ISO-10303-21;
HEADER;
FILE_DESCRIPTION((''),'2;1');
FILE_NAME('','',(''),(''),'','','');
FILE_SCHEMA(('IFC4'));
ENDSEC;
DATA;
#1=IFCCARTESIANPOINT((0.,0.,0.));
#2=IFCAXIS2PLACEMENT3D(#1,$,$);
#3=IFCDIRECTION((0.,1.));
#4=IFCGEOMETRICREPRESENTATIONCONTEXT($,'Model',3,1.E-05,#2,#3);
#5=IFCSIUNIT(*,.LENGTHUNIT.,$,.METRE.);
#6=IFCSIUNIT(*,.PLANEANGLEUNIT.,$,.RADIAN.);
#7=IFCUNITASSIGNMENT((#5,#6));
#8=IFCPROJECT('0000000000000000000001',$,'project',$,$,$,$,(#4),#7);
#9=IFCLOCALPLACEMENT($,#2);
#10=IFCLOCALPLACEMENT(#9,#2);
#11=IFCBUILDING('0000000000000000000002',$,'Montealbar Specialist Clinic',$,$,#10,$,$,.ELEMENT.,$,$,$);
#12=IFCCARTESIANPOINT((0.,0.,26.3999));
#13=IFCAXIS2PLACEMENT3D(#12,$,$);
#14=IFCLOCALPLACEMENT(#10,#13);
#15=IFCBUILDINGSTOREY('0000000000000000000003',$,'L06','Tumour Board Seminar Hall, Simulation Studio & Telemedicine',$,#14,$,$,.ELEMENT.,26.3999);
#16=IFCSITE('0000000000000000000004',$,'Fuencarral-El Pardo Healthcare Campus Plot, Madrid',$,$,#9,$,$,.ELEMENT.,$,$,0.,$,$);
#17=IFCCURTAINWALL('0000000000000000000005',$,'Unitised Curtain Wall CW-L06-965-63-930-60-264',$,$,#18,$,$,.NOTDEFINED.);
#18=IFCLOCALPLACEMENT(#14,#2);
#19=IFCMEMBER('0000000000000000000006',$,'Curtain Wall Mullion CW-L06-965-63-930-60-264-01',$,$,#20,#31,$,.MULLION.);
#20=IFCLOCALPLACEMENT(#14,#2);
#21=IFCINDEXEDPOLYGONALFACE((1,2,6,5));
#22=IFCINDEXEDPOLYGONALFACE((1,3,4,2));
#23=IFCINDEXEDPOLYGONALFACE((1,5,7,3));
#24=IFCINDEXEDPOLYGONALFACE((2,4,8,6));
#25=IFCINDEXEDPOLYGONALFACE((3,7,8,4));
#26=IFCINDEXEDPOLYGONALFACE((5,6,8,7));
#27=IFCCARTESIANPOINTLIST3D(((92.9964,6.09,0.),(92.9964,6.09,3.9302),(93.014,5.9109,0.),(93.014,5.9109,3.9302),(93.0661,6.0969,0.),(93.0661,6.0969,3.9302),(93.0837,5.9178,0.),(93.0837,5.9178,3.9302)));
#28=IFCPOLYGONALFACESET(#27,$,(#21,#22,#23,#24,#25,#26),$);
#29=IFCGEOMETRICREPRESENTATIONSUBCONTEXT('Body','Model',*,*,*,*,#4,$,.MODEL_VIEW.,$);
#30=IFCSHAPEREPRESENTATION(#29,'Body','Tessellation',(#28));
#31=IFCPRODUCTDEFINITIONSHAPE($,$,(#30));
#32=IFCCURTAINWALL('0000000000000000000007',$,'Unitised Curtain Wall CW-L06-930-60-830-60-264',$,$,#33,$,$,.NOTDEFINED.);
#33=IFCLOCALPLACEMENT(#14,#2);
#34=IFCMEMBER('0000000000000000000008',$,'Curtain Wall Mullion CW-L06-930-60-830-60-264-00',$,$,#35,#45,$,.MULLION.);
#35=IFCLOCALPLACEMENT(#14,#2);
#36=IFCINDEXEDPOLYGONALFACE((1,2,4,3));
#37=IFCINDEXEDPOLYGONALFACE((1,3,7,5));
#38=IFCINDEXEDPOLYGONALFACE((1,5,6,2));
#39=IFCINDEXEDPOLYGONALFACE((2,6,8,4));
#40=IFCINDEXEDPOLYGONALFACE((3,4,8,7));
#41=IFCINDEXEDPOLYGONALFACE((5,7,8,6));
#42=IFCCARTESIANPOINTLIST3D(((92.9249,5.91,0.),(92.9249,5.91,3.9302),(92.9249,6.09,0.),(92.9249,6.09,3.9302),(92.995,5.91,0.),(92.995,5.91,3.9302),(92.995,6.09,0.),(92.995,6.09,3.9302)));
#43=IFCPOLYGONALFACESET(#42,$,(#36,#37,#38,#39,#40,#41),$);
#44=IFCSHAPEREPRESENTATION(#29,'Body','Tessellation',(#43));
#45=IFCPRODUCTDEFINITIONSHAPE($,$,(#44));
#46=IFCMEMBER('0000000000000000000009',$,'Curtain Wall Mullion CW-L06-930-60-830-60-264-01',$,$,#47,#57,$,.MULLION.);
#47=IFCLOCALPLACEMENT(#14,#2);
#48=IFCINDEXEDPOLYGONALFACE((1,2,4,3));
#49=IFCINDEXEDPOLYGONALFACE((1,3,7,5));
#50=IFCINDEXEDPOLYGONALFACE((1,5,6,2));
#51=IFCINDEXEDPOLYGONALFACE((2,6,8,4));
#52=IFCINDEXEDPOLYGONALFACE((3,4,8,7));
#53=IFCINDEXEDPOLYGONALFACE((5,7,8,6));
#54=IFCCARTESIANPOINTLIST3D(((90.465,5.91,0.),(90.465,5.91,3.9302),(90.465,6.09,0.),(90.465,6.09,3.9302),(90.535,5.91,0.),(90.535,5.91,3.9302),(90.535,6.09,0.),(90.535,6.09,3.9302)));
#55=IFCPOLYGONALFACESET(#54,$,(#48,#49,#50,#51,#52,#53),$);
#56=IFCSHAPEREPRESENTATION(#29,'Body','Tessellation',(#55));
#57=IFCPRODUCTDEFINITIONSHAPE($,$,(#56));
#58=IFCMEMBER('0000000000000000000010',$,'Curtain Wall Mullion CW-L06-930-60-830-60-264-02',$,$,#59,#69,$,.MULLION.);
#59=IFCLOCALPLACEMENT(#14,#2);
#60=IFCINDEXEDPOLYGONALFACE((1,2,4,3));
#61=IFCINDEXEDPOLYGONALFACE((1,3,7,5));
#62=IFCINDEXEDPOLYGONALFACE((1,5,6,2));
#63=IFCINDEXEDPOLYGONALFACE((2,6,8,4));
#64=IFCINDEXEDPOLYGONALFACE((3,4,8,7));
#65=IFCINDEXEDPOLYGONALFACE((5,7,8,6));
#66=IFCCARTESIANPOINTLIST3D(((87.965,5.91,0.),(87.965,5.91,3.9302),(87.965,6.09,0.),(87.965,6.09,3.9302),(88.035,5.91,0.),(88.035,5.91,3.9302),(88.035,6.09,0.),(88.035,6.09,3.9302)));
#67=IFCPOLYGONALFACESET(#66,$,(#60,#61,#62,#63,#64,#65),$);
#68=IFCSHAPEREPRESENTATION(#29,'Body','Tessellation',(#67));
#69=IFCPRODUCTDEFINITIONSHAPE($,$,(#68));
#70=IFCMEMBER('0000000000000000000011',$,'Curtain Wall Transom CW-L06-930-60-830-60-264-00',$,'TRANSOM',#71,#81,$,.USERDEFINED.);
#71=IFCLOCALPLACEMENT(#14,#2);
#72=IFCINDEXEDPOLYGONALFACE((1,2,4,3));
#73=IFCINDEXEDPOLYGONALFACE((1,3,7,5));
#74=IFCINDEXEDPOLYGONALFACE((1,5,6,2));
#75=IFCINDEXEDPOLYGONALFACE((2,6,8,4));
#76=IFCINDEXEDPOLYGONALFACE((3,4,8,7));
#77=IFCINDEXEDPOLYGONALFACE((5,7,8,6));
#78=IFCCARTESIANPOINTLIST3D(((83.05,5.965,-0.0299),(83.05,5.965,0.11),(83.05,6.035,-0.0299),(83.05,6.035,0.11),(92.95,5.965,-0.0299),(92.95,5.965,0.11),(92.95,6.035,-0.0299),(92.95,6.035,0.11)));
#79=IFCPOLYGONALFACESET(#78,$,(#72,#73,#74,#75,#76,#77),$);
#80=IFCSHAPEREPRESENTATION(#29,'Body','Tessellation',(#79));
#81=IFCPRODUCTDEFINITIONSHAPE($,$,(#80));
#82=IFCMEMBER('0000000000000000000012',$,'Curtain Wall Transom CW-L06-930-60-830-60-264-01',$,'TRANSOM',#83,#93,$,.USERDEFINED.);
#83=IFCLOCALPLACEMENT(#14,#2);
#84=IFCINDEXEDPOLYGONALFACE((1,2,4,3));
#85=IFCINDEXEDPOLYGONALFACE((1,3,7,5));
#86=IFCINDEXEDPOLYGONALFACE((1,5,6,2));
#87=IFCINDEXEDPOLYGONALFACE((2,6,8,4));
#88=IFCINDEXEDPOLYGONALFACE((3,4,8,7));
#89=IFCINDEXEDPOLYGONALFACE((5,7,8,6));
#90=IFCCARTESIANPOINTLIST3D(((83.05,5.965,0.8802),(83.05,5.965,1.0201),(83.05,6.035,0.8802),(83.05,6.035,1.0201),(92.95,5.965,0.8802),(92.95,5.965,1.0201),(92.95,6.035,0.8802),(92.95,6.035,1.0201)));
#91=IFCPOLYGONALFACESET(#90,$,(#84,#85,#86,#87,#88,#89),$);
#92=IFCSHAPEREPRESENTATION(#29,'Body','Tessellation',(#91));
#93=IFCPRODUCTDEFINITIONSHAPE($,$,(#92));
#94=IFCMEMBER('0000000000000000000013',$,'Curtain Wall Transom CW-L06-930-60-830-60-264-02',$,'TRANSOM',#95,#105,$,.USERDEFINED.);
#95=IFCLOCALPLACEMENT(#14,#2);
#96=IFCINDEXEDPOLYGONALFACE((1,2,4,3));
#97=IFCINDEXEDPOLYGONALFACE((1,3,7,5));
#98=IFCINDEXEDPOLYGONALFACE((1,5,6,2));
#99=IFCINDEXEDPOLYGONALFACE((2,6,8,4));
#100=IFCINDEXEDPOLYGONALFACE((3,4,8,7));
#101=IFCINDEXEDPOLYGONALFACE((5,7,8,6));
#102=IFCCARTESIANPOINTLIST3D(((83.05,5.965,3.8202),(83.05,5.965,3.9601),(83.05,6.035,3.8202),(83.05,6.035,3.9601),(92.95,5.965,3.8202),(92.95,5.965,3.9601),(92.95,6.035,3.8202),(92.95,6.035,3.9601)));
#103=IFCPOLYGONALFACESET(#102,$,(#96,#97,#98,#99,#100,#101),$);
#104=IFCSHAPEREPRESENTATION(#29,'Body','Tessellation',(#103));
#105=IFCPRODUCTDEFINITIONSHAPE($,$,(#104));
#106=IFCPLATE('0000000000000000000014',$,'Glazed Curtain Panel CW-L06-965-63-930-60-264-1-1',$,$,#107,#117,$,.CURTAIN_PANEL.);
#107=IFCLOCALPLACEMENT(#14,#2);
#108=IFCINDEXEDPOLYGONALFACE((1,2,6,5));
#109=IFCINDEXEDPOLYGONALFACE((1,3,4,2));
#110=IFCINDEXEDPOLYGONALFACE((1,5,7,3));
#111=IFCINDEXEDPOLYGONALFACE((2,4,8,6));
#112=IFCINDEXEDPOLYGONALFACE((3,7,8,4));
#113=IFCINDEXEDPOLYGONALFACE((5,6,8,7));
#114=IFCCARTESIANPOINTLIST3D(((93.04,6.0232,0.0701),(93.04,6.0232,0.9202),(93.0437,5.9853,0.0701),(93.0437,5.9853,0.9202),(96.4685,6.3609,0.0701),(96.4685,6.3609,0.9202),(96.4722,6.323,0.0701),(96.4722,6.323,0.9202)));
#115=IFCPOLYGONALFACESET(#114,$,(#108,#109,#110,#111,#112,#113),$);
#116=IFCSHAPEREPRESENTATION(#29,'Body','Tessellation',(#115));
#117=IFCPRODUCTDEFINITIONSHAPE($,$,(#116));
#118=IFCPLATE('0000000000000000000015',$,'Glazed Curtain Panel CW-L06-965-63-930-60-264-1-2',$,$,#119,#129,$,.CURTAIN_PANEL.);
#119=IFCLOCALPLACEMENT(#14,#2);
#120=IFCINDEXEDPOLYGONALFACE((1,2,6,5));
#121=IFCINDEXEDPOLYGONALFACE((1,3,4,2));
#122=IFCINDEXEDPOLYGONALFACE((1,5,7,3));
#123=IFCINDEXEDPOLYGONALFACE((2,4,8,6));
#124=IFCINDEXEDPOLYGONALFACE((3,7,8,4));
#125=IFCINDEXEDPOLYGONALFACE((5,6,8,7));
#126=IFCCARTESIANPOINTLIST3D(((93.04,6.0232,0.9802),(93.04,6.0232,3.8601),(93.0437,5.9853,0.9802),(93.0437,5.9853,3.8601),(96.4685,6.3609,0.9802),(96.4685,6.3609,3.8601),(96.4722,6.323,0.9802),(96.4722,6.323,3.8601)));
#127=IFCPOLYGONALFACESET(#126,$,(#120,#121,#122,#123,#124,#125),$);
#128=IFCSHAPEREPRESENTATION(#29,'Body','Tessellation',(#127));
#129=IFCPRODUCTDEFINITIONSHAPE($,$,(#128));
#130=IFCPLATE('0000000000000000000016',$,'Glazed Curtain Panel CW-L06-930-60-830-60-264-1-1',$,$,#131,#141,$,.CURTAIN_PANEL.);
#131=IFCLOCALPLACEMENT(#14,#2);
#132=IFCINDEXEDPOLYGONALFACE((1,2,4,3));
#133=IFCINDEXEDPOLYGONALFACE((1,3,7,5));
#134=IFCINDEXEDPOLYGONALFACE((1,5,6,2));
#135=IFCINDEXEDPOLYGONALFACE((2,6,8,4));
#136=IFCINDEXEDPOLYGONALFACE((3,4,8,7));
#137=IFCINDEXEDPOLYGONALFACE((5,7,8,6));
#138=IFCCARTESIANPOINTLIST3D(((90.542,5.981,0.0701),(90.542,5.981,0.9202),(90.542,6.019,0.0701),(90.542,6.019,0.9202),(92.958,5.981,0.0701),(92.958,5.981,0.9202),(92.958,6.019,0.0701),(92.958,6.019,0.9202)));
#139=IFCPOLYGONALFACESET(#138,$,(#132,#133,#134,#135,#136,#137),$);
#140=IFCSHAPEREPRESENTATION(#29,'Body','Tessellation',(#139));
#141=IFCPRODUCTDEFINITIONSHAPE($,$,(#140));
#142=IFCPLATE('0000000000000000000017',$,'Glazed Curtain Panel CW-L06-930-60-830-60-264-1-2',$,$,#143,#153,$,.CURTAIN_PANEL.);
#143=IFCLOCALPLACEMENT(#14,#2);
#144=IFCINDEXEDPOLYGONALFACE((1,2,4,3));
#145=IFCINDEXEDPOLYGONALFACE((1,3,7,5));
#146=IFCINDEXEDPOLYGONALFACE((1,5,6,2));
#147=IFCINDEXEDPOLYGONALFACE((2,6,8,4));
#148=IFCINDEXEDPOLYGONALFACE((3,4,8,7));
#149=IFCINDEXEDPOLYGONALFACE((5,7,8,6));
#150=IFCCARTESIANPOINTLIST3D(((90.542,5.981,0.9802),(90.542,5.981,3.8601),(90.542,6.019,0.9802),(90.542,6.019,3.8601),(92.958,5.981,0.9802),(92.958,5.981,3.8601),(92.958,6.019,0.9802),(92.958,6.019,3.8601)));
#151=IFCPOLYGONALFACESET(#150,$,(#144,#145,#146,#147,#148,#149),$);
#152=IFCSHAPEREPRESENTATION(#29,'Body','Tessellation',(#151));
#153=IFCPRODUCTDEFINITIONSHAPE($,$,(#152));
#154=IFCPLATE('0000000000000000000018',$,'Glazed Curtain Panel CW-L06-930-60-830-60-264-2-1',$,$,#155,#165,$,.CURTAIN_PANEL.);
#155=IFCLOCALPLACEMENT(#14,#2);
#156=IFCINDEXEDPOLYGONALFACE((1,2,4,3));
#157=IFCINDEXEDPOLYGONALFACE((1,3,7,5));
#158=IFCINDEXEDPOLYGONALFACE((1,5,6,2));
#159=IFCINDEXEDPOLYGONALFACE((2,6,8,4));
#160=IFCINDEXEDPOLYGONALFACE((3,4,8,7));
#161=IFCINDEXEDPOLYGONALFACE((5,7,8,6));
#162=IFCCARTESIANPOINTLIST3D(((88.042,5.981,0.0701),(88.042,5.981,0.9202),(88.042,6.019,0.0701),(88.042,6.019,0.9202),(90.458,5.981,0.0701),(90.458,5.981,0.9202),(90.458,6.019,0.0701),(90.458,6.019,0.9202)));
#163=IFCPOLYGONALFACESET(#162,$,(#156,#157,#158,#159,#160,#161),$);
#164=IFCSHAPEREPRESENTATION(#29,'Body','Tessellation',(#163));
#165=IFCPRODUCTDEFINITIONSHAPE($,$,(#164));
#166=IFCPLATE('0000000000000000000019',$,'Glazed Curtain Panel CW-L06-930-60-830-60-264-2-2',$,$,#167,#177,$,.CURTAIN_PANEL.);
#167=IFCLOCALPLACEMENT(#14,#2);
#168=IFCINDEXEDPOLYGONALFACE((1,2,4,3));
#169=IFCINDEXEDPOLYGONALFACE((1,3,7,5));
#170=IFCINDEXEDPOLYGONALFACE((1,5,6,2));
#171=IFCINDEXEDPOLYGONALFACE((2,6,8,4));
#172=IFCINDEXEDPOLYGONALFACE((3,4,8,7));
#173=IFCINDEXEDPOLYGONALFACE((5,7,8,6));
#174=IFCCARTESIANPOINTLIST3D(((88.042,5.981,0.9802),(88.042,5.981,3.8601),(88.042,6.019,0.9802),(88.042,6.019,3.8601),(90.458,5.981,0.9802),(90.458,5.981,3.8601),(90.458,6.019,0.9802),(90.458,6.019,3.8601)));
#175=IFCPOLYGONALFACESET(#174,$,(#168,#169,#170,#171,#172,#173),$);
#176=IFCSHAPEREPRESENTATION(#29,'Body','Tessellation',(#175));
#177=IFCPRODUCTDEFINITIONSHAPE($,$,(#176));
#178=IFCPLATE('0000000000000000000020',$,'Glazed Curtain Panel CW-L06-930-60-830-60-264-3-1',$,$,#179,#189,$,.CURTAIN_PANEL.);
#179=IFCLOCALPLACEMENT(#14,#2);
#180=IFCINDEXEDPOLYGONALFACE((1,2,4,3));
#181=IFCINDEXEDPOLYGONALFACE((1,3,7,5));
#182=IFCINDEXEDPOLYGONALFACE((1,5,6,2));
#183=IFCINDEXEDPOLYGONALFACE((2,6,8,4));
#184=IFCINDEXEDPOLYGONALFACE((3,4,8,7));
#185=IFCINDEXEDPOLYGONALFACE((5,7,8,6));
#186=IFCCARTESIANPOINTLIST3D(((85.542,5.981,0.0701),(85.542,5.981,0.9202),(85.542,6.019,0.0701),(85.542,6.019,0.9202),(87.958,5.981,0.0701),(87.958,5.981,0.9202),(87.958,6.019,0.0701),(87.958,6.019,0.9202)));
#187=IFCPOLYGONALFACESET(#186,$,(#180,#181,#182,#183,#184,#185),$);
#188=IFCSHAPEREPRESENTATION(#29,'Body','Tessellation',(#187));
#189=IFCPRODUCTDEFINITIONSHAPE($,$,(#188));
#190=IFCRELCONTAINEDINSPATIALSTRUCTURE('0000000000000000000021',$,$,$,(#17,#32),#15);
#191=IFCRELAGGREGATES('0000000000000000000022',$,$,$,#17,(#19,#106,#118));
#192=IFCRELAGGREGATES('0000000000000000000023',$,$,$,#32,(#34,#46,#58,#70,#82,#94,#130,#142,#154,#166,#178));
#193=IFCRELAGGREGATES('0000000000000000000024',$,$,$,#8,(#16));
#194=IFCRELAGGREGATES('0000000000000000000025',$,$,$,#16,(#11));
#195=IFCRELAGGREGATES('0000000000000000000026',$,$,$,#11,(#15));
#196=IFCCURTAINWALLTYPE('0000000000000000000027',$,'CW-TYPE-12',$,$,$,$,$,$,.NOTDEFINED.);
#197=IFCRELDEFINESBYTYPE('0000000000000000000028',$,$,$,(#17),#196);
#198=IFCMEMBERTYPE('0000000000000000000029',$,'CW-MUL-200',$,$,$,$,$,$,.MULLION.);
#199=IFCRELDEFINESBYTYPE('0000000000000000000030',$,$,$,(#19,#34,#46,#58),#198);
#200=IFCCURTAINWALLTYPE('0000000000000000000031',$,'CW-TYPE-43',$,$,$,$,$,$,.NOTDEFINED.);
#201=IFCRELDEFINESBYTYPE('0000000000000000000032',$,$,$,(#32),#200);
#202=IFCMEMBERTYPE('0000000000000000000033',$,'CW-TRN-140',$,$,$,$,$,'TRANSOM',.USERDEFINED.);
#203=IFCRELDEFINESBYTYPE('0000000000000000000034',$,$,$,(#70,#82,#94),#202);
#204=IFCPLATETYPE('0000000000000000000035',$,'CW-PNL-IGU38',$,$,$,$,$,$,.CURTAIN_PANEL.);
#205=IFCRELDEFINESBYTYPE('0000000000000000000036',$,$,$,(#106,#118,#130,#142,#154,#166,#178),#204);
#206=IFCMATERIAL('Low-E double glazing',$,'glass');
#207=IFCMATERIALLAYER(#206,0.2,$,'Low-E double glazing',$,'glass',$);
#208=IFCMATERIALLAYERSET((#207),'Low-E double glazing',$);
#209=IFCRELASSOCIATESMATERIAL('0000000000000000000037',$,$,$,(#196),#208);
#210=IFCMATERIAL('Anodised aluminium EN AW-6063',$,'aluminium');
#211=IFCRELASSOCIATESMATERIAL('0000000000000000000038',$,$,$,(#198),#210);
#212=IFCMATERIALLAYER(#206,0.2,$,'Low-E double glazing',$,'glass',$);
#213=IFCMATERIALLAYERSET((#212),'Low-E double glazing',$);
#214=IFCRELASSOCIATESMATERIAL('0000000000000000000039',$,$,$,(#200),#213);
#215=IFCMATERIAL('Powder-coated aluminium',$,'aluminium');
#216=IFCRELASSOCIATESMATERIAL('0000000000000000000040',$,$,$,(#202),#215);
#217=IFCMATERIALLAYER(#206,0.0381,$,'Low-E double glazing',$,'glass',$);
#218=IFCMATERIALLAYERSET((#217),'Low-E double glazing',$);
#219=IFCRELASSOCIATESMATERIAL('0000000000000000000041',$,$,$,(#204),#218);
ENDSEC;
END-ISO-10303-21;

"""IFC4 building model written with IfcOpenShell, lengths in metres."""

from ifc_helpers import new_model, si_unit, direction, frame, origin, origin_2d, place, context, subcontext, project, spatial, rectangle, extrude, material, layer, layer_set, material_profile, profile_set, type_object, element, aggregate, save


model = new_model("IFC4")

# Units and contexts
model_context = context("Model", 3, precision=1e-05, world=origin(), true_north=direction((0.0, 1.0)))
body_context = subcontext(model_context, "Body", "Model", "MODEL_VIEW")
ifc_project = project(units=[si_unit("LENGTHUNIT", "METRE"), si_unit("PLANEANGLEUNIT", "RADIAN")], contexts=[model_context])

# Site, building, storey
site_placement = place(None, origin())
site = spatial("IfcSite", under=ifc_project, at=site_placement, Name="Fuencarral-El Pardo Healthcare Campus Plot, Madrid", CompositionType="ELEMENT", RefElevation=0.0)
building_placement = place(site_placement, origin())
building = spatial("IfcBuilding", under=site, at=building_placement, Name="Montealbar Specialist Clinic", CompositionType="ELEMENT")
storey_placement = place(building_placement, frame((0.0, 0.0, 26.3999)))
storey = spatial("IfcBuildingStorey", under=building, at=storey_placement, Name="L06", Description="Tumour Board Seminar Hall, Simulation Studio & Telemedicine", CompositionType="ELEMENT", Elevation=26.3999)

# Curtain wall, member
ifc_material_1 = material(Name="Low-E double glazing", Category="glass")
ifc_layer_1 = layer(ifc_material_1, 0.2, Name="Low-E double glazing", Category="glass")
ifc_layer_set_1 = layer_set([ifc_layer_1], Name="Low-E double glazing")
curtain_wall_type_1 = type_object("IfcCurtainWallType", Name="CW-TYPE-12", PredefinedType="NOTDEFINED", material=ifc_layer_set_1)
curtain_wall_1_placement = place(storey_placement, origin())
curtain_wall_1 = element("IfcCurtainWall", 1, at=curtain_wall_1_placement, inside=storey, type_object=curtain_wall_type_1, Name="Unitised Curtain Wall CW-L06-965-63-930-60-264", PredefinedType="NOTDEFINED")
ifc_material_2 = material(Name="Anodised aluminium EN AW-6063", Category="aluminium")
ifc_material_profile_1 = material_profile(ifc_material_2, rectangle(XDim=0.0701, YDim=0.1799, at=origin_2d()), Name="ALU 70x180", Category="aluminium")
ifc_profile_set_1 = profile_set([ifc_material_profile_1], Name="Anodised aluminium EN AW-6063")
member_type_1 = type_object("IfcMemberType", Name="CW-MUL-200", PredefinedType="MULLION", material=ifc_profile_set_1)
member_1_placement = place(storey_placement, frame((93.04, 6.0039, 0.0), z_axis=(0.0, 0.0, 1.0), x_axis=(-0.995182, -0.098045, 0.0)))
member_1 = element("IfcMember", 2, at=member_1_placement, type_object=member_type_1, Name="Curtain Wall Mullion CW-L06-965-63-930-60-264-01", PredefinedType="MULLION", context=body_context, shape_type="SweptSolid", body=[
    extrude(rectangle(XDim=0.0701, YDim=0.1799, at=origin_2d()), origin(), (0.0, 0.0, 1.0), 3.9302),
])

# Curtain wall, members
ifc_layer_2 = layer(ifc_material_1, 0.2, Name="Low-E double glazing", Category="glass")
ifc_layer_set_2 = layer_set([ifc_layer_2], Name="Low-E double glazing")
curtain_wall_type_2 = type_object("IfcCurtainWallType", Name="CW-TYPE-43", PredefinedType="NOTDEFINED", material=ifc_layer_set_2)
curtain_wall_2_placement = place(storey_placement, origin())
curtain_wall_2 = element("IfcCurtainWall", 3, at=curtain_wall_2_placement, inside=storey, type_object=curtain_wall_type_2, Name="Unitised Curtain Wall CW-L06-930-60-830-60-264", PredefinedType="NOTDEFINED")
member_2_placement = place(storey_placement, frame((92.96, 6.0, 0.0), z_axis=(0.0, 0.0, 1.0), x_axis=(-1.0, 0.0, 0.0)))
member_2 = element("IfcMember", 4, at=member_2_placement, type_object=member_type_1, Name="Curtain Wall Mullion CW-L06-930-60-830-60-264-00", PredefinedType="MULLION", context=body_context, shape_type="SweptSolid", body=[
    extrude(rectangle(XDim=0.0701, YDim=0.1799, at=origin_2d()), origin(), (0.0, 0.0, 1.0), 3.9302),
])
member_3_placement = place(storey_placement, frame((90.5, 6.0, 0.0), z_axis=(0.0, 0.0, 1.0), x_axis=(-1.0, 0.0, 0.0)))
member_3 = element("IfcMember", 5, at=member_3_placement, type_object=member_type_1, Name="Curtain Wall Mullion CW-L06-930-60-830-60-264-01", PredefinedType="MULLION", context=body_context, shape_type="SweptSolid", body=[
    extrude(rectangle(XDim=0.0701, YDim=0.1799, at=origin_2d()), origin(), (0.0, 0.0, 1.0), 3.9302),
])
member_4_placement = place(storey_placement, frame((88.0, 6.0, 0.0), z_axis=(0.0, 0.0, 1.0), x_axis=(-1.0, 0.0, 0.0)))
member_4 = element("IfcMember", 6, at=member_4_placement, type_object=member_type_1, Name="Curtain Wall Mullion CW-L06-930-60-830-60-264-02", PredefinedType="MULLION", context=body_context, shape_type="SweptSolid", body=[
    extrude(rectangle(XDim=0.0701, YDim=0.1799, at=origin_2d()), origin(), (0.0, 0.0, 1.0), 3.9302),
])
ifc_material_3 = material(Name="Powder-coated aluminium", Category="aluminium")
ifc_material_profile_2 = material_profile(ifc_material_3, rectangle(XDim=0.0701, YDim=0.1399, at=origin_2d()), Name="ALU 70x140", Category="aluminium")
ifc_profile_set_2 = profile_set([ifc_material_profile_2], Name="Powder-coated aluminium")
member_type_2 = type_object("IfcMemberType", Name="CW-TRN-140", ElementType="TRANSOM", PredefinedType="USERDEFINED", material=ifc_profile_set_2)
member_5_placement = place(storey_placement, frame((92.95, 6.0, 0.04), z_axis=(-1.0, 0.0, 0.0), x_axis=(0.0, -1.0, 0.0)))
member_5 = element("IfcMember", 7, at=member_5_placement, type_object=member_type_2, Name="Curtain Wall Transom CW-L06-930-60-830-60-264-00", ObjectType="TRANSOM", PredefinedType="USERDEFINED", context=body_context, shape_type="SweptSolid", body=[
    extrude(rectangle(XDim=0.0701, YDim=0.1399, at=origin_2d()), origin(), (0.0, 0.0, 1.0), 9.8999),
])
member_6_placement = place(storey_placement, frame((92.95, 6.0, 0.9502), z_axis=(-1.0, 0.0, 0.0), x_axis=(0.0, -1.0, 0.0)))
member_6 = element("IfcMember", 8, at=member_6_placement, type_object=member_type_2, Name="Curtain Wall Transom CW-L06-930-60-830-60-264-01", ObjectType="TRANSOM", PredefinedType="USERDEFINED", context=body_context, shape_type="SweptSolid", body=[
    extrude(rectangle(XDim=0.0701, YDim=0.1399, at=origin_2d()), origin(), (0.0, 0.0, 1.0), 9.8999),
])
member_7_placement = place(storey_placement, frame((92.95, 6.0, 3.8901), z_axis=(-1.0, 0.0, 0.0), x_axis=(0.0, -1.0, 0.0)))
member_7 = element("IfcMember", 9, at=member_7_placement, type_object=member_type_2, Name="Curtain Wall Transom CW-L06-930-60-830-60-264-02", ObjectType="TRANSOM", PredefinedType="USERDEFINED", context=body_context, shape_type="SweptSolid", body=[
    extrude(rectangle(XDim=0.0701, YDim=0.1399, at=origin_2d()), origin(), (0.0, 0.0, 1.0), 9.8999),
])

# Plates
ifc_layer_3 = layer(ifc_material_1, 0.0381, Name="Low-E double glazing", Category="glass")
ifc_layer_set_3 = layer_set([ifc_layer_3], Name="Low-E double glazing")
plate_type = type_object("IfcPlateType", Name="CW-PNL-IGU38", PredefinedType="CURTAIN_PANEL", material=ifc_layer_set_3)
plate_1_placement = place(storey_placement, frame((94.7561, 6.1731, 0.0701), z_axis=(0.0, 0.0, 1.0), x_axis=(-0.995182, -0.098045, 0.0)))
plate_1 = element("IfcPlate", 10, at=plate_1_placement, type_object=plate_type, Name="Glazed Curtain Panel CW-L06-965-63-930-60-264-1-1", PredefinedType="CURTAIN_PANEL", context=body_context, shape_type="SweptSolid", body=[
    extrude(rectangle(XDim=3.4451, YDim=0.0381, at=origin_2d()), origin(), (0.0, 0.0, 1.0), 0.8501),
])
plate_2_placement = place(storey_placement, frame((94.7561, 6.1731, 0.9802), z_axis=(0.0, 0.0, 1.0), x_axis=(-0.995182, -0.098045, 0.0)))
plate_2 = element("IfcPlate", 11, at=plate_2_placement, type_object=plate_type, Name="Glazed Curtain Panel CW-L06-965-63-930-60-264-1-2", PredefinedType="CURTAIN_PANEL", context=body_context, shape_type="SweptSolid", body=[
    extrude(rectangle(XDim=3.4451, YDim=0.0381, at=origin_2d()), origin(), (0.0, 0.0, 1.0), 2.8799),
])
aggregate(curtain_wall_1, [member_1, plate_1, plate_2])
plate_3_placement = place(storey_placement, frame((91.75, 6.0, 0.0701), z_axis=(0.0, 0.0, 1.0), x_axis=(-1.0, 0.0, 0.0)))
plate_3 = element("IfcPlate", 12, at=plate_3_placement, type_object=plate_type, Name="Glazed Curtain Panel CW-L06-930-60-830-60-264-1-1", PredefinedType="CURTAIN_PANEL", context=body_context, shape_type="SweptSolid", body=[
    extrude(rectangle(XDim=2.416, YDim=0.0381, at=origin_2d()), origin(), (0.0, 0.0, 1.0), 0.8501),
])
plate_4_placement = place(storey_placement, frame((91.75, 6.0, 0.9802), z_axis=(0.0, 0.0, 1.0), x_axis=(-1.0, 0.0, 0.0)))
plate_4 = element("IfcPlate", 13, at=plate_4_placement, type_object=plate_type, Name="Glazed Curtain Panel CW-L06-930-60-830-60-264-1-2", PredefinedType="CURTAIN_PANEL", context=body_context, shape_type="SweptSolid", body=[
    extrude(rectangle(XDim=2.416, YDim=0.0381, at=origin_2d()), origin(), (0.0, 0.0, 1.0), 2.8799),
])
plate_5_placement = place(storey_placement, frame((89.25, 6.0, 0.0701), z_axis=(0.0, 0.0, 1.0), x_axis=(-1.0, 0.0, 0.0)))
plate_5 = element("IfcPlate", 14, at=plate_5_placement, type_object=plate_type, Name="Glazed Curtain Panel CW-L06-930-60-830-60-264-2-1", PredefinedType="CURTAIN_PANEL", context=body_context, shape_type="SweptSolid", body=[
    extrude(rectangle(XDim=2.416, YDim=0.0381, at=origin_2d()), origin(), (0.0, 0.0, 1.0), 0.8501),
])
plate_6_placement = place(storey_placement, frame((89.25, 6.0, 0.9802), z_axis=(0.0, 0.0, 1.0), x_axis=(-1.0, 0.0, 0.0)))
plate_6 = element("IfcPlate", 15, at=plate_6_placement, type_object=plate_type, Name="Glazed Curtain Panel CW-L06-930-60-830-60-264-2-2", PredefinedType="CURTAIN_PANEL", context=body_context, shape_type="SweptSolid", body=[
    extrude(rectangle(XDim=2.416, YDim=0.0381, at=origin_2d()), origin(), (0.0, 0.0, 1.0), 2.8799),
])
plate_7_placement = place(storey_placement, frame((86.75, 6.0, 0.0701), z_axis=(0.0, 0.0, 1.0), x_axis=(-1.0, 0.0, 0.0)))
plate_7 = element("IfcPlate", 16, at=plate_7_placement, type_object=plate_type, Name="Glazed Curtain Panel CW-L06-930-60-830-60-264-3-1", PredefinedType="CURTAIN_PANEL", context=body_context, shape_type="SweptSolid", body=[
    extrude(rectangle(XDim=2.416, YDim=0.0381, at=origin_2d()), origin(), (0.0, 0.0, 1.0), 0.8501),
])
aggregate(curtain_wall_2, [member_2, member_3, member_4, member_5, member_6, member_7, plate_3, plate_4, plate_5, plate_6, plate_7])

save(model, "model.ifc")
